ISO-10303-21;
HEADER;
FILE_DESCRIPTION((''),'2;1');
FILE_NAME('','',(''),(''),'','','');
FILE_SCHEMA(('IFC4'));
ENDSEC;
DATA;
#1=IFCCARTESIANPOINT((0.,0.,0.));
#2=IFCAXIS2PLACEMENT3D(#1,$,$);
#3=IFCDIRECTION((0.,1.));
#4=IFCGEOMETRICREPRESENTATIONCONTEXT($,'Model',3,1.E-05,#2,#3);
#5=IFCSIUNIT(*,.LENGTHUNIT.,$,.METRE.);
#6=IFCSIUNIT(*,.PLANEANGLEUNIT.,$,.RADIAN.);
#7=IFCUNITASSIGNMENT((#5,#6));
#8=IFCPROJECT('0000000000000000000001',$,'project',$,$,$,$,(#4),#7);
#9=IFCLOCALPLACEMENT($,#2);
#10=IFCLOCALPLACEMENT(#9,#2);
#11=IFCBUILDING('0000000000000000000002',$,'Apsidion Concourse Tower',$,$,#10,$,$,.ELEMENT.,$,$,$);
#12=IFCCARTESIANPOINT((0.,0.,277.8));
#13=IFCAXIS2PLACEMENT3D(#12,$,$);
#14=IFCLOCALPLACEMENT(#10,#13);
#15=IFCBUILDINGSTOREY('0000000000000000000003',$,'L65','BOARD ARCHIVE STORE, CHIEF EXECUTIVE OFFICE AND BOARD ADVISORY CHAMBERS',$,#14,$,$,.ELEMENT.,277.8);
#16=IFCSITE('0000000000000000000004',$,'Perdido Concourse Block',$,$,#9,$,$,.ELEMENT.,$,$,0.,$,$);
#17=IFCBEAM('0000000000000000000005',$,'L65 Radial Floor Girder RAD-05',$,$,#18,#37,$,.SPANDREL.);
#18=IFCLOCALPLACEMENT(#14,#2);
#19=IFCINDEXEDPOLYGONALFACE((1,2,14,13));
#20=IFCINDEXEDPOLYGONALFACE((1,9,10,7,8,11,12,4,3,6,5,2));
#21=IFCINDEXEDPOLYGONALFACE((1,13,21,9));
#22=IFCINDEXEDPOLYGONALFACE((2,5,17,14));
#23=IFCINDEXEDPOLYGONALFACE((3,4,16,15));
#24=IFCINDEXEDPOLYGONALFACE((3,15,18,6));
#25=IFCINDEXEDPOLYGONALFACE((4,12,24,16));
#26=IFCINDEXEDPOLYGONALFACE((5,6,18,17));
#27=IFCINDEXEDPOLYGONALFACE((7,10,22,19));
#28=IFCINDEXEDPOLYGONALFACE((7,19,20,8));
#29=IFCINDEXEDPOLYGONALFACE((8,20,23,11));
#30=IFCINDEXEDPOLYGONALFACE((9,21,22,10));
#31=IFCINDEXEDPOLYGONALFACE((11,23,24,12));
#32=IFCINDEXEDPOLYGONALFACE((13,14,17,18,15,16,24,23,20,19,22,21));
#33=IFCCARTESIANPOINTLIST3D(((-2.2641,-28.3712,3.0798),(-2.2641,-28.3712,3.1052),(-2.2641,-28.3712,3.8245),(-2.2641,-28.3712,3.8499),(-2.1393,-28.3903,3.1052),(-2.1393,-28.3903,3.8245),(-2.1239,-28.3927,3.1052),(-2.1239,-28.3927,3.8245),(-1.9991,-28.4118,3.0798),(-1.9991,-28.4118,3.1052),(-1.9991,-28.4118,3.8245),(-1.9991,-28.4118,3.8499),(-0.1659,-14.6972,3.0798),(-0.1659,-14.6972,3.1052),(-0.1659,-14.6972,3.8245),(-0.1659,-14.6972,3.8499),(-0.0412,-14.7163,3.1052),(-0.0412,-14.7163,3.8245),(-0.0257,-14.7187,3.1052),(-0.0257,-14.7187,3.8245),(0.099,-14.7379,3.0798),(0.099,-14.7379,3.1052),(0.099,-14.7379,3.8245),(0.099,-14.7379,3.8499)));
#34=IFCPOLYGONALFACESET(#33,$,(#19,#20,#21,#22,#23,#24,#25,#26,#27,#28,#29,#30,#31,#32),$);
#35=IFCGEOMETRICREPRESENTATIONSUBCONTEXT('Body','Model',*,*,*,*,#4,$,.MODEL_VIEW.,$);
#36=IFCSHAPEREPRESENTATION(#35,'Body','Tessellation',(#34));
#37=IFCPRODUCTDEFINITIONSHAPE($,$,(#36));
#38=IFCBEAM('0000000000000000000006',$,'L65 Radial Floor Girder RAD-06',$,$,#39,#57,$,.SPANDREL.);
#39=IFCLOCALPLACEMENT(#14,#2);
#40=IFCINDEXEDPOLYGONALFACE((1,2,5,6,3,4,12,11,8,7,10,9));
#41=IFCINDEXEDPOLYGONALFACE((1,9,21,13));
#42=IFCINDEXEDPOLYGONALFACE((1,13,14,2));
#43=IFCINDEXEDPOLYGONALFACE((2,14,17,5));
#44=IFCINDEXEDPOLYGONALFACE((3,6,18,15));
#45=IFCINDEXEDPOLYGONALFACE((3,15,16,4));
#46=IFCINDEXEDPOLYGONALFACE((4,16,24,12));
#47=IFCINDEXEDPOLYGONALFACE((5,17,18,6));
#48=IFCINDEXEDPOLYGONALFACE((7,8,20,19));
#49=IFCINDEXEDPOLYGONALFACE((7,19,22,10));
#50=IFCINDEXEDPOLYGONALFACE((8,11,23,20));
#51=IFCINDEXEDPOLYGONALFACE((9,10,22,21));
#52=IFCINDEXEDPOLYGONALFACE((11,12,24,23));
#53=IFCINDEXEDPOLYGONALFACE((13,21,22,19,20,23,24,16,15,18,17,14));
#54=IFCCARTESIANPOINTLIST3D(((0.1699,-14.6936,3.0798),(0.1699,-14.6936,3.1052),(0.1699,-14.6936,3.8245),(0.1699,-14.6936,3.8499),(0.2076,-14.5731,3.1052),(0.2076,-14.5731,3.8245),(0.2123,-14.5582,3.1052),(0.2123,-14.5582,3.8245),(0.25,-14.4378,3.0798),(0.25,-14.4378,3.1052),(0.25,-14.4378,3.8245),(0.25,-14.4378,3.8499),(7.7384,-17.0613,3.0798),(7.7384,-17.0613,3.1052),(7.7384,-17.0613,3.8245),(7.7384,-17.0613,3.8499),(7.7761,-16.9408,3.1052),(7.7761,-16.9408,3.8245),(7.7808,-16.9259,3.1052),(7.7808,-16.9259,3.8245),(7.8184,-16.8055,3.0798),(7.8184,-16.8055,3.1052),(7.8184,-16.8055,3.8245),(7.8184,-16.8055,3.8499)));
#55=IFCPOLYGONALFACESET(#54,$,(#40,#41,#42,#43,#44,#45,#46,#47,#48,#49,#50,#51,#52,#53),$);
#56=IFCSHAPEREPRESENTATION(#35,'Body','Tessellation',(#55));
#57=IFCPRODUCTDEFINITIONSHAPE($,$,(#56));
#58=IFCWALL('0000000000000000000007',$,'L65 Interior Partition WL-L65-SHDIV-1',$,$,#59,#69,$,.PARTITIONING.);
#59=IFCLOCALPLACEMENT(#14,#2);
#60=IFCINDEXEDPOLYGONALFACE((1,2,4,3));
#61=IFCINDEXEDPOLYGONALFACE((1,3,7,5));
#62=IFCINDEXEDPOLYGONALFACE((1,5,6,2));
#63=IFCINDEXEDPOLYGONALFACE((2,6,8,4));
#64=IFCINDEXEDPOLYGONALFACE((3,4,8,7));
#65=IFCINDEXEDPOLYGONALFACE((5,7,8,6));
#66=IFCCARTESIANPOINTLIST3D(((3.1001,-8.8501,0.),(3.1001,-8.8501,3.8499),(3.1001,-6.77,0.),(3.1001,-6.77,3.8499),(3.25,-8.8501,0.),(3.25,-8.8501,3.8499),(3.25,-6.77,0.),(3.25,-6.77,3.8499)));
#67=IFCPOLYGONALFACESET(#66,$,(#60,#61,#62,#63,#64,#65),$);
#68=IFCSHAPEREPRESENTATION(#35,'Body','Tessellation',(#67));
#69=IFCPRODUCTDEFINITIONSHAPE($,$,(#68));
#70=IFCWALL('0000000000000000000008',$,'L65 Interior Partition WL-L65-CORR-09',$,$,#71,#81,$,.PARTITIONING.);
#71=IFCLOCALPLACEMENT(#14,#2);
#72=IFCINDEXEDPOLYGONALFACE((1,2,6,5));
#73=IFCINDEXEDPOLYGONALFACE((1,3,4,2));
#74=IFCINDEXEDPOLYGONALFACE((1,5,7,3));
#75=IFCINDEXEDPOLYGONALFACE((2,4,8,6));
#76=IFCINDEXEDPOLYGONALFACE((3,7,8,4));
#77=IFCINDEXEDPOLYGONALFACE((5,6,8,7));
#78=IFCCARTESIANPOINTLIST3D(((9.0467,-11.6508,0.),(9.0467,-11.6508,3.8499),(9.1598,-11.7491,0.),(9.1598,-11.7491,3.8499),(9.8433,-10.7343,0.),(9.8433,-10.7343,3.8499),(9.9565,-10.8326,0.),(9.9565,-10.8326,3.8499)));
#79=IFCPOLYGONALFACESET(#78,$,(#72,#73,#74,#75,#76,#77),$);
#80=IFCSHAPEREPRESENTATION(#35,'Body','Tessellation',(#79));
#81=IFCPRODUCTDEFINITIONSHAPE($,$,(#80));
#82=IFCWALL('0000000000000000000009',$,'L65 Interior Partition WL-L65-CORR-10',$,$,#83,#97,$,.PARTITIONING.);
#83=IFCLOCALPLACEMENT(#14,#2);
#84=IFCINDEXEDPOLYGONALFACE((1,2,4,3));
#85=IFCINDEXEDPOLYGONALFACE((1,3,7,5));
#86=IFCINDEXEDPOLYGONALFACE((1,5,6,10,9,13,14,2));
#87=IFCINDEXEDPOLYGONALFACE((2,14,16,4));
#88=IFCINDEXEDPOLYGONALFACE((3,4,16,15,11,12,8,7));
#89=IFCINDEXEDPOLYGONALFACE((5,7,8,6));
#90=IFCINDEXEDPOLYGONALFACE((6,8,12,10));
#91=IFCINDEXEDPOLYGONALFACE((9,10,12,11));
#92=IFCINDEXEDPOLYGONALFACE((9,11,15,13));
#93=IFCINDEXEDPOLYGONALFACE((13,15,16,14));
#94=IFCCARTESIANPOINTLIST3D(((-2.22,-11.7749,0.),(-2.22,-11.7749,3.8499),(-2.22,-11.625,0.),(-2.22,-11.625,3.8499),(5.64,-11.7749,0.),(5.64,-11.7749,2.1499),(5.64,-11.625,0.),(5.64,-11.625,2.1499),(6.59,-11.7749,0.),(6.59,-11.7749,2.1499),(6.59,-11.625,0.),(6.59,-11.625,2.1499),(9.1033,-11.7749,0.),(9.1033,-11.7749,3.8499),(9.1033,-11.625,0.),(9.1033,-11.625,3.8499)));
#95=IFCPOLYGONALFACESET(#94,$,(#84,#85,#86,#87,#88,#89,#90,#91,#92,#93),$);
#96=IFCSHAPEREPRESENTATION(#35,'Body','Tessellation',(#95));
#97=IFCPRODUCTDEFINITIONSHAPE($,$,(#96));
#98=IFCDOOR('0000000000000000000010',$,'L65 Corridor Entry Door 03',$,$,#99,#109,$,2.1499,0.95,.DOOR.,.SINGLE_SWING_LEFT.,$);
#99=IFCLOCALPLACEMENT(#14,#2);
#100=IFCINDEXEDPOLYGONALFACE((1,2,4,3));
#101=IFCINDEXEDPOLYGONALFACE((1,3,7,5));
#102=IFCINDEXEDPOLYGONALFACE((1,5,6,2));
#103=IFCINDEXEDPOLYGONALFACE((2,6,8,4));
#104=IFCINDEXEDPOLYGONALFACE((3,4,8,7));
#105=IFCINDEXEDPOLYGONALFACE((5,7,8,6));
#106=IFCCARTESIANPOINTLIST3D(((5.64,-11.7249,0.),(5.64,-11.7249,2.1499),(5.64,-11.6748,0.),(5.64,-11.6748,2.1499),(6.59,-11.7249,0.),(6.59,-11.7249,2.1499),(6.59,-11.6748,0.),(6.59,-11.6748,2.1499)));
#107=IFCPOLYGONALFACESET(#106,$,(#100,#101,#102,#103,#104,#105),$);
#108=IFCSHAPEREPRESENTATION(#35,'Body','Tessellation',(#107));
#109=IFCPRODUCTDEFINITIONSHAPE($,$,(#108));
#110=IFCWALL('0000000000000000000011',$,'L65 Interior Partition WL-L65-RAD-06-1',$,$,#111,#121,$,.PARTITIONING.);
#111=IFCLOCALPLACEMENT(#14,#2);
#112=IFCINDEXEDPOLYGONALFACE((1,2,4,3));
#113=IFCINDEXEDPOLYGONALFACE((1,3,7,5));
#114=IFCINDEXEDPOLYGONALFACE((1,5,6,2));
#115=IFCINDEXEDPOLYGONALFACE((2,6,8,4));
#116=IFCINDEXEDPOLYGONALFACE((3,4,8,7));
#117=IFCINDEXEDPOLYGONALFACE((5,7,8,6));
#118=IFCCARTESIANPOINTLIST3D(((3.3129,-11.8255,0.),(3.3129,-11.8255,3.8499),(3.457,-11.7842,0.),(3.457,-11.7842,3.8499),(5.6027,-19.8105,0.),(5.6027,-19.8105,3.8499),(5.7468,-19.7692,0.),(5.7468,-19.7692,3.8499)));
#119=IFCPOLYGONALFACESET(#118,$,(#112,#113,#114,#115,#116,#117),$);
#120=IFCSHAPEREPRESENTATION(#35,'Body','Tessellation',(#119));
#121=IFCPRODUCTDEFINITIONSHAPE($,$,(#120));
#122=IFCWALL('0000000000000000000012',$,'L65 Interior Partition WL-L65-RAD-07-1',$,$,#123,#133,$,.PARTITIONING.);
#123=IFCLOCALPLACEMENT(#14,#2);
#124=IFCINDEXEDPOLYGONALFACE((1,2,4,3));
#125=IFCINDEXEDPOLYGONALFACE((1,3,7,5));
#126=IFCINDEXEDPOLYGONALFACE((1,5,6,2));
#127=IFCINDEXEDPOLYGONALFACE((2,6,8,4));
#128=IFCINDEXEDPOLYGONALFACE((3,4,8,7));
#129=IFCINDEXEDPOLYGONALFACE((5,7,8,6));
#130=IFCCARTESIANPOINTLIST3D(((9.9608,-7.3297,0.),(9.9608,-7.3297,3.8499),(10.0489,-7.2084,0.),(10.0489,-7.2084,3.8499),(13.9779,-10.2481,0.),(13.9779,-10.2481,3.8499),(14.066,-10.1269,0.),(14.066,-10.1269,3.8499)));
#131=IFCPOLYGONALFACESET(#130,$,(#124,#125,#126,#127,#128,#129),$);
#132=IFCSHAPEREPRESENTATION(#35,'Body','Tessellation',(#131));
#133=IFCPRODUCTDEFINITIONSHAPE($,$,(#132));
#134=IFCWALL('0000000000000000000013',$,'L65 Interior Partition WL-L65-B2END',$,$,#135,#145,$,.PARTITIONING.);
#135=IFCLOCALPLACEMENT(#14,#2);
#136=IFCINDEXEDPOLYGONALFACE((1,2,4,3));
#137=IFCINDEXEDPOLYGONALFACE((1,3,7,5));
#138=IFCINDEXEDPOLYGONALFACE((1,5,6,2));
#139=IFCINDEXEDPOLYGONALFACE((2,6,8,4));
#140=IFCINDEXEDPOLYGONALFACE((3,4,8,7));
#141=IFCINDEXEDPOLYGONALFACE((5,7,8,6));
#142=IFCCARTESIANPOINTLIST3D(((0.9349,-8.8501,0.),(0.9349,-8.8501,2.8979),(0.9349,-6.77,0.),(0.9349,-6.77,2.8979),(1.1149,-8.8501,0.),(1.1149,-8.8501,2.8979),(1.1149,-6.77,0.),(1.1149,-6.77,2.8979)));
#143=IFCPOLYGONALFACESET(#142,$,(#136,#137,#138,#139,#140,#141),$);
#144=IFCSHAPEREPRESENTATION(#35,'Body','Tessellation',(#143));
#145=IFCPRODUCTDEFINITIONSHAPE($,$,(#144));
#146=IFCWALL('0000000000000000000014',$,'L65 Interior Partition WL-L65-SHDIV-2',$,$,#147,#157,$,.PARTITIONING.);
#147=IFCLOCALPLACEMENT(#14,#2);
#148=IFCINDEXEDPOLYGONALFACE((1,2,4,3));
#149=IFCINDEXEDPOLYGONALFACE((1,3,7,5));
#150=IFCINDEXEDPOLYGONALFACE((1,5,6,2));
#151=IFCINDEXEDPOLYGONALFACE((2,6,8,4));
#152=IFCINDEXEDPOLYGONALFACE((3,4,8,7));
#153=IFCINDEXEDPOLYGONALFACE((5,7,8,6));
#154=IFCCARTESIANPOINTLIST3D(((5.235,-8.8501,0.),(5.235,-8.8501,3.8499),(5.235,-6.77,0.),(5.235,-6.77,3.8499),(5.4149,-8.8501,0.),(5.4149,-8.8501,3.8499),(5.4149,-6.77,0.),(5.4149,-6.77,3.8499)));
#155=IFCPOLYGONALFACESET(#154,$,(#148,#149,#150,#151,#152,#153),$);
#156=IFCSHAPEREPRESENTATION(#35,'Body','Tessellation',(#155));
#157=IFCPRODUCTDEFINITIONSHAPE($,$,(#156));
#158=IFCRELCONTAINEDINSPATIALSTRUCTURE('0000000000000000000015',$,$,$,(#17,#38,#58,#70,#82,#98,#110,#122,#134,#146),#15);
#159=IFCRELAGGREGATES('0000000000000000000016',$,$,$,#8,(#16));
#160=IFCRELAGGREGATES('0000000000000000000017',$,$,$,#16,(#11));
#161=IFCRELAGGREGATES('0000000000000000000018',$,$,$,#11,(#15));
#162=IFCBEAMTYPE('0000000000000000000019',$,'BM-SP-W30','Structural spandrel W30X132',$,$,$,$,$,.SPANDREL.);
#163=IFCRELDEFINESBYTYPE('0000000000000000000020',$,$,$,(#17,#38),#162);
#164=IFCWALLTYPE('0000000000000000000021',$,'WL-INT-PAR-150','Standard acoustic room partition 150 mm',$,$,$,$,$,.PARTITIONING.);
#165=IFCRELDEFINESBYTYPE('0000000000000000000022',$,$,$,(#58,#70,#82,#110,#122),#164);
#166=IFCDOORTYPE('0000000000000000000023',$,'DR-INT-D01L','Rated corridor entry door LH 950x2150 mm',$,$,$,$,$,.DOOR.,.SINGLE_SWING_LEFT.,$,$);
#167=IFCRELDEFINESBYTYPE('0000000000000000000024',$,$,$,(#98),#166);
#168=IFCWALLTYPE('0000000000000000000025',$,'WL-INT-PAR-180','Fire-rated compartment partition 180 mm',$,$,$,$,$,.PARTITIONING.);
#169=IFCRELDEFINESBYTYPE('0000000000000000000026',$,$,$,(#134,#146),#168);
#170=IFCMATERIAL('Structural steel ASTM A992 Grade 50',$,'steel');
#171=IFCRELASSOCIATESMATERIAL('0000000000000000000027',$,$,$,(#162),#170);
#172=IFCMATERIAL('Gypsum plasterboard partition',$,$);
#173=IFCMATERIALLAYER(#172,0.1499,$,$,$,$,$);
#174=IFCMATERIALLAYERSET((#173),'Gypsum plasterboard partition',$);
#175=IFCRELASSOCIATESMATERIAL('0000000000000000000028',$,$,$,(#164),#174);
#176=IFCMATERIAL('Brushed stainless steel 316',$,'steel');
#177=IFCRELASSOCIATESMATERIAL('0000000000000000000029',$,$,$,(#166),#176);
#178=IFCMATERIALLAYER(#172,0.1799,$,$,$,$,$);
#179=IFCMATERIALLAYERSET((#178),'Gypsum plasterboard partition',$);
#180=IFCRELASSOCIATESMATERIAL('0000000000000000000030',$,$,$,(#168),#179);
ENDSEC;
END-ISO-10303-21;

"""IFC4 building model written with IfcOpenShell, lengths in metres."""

from ifc_helpers import new_model, si_unit, direction, frame, frame_2d, origin, origin_2d, place, context, subcontext, project, spatial, rectangle, i_section, extrude, material, layer, layer_set, material_profile, profile_set, type_object, element, fill, save


model = new_model("IFC4")

# Units and contexts
model_context = context("Model", 3, precision=1e-05, world=origin(), true_north=direction((0.0, 1.0)))
body_context = subcontext(model_context, "Body", "Model", "MODEL_VIEW")
ifc_project = project(units=[si_unit("LENGTHUNIT", "METRE"), si_unit("PLANEANGLEUNIT", "RADIAN")], contexts=[model_context])

# Site, building, storey
site_placement = place(None, origin())
site = spatial("IfcSite", under=ifc_project, at=site_placement, Name="Perdido Concourse Block", CompositionType="ELEMENT", RefElevation=0.0)
building_placement = place(site_placement, origin())
building = spatial("IfcBuilding", under=site, at=building_placement, Name="Apsidion Concourse Tower", CompositionType="ELEMENT")
storey_placement = place(building_placement, frame((0.0, 0.0, 277.8)))
storey = spatial("IfcBuildingStorey", under=building, at=storey_placement, Name="L65", Description="BOARD ARCHIVE STORE, CHIEF EXECUTIVE OFFICE AND BOARD ADVISORY CHAMBERS", CompositionType="ELEMENT", Elevation=277.8)

# Shared definitions
ifc_material_1 = material(Name="Structural steel ASTM A992 Grade 50", Category="steel")

# Beams
ifc_material_profile_1 = material_profile(ifc_material_1, i_section(OverallWidth=0.2681, OverallDepth=0.77, WebThickness=0.0156, FlangeThickness=0.0254, at=origin_2d()), Name="W30X132")
ifc_profile_set_1 = profile_set([ifc_material_profile_1], Name="Structural steel ASTM A992 Grade 50")
beam_type_1 = type_object("IfcBeamType", Name="BM-SP-W30", Description="Structural spandrel W30X132", PredefinedType="SPANDREL", material=ifc_profile_set_1)
beam_1_placement = place(storey_placement, frame((-0.0334, -14.7175, 3.4648), z_axis=(-0.151665, -0.988432, 0.0), x_axis=(0.988432, -0.151665, 0.0)))
element("IfcBeam", 1, at=beam_1_placement, inside=storey, type_object=beam_type_1, Name="L65 Radial Floor Girder RAD-05", PredefinedType="SPANDREL", context=body_context, shape_type="SweptSolid", body=[
    extrude(i_section(OverallWidth=0.2681, OverallDepth=0.77, WebThickness=0.0156, FlangeThickness=0.0254, at=origin_2d()), origin(), (0.0, 0.0, 1.0), 13.834),
])
beam_2_placement = place(storey_placement, frame((0.21, -14.5657, 3.4648), z_axis=(0.954388, -0.298569, 0.0), x_axis=(0.298569, 0.954388, 0.0)))
element("IfcBeam", 2, at=beam_2_placement, inside=storey, type_object=beam_type_1, Name="L65 Radial Floor Girder RAD-06", PredefinedType="SPANDREL", context=body_context, shape_type="SweptSolid", body=[
    extrude(i_section(OverallWidth=0.2681, OverallDepth=0.77, WebThickness=0.0156, FlangeThickness=0.0254, at=origin_2d()), origin(), (0.0, 0.0, 1.0), 7.9302),
])

# Walls
ifc_material_2 = material(Name="Gypsum plasterboard partition")
ifc_layer_1 = layer(ifc_material_2, 0.1499)
ifc_layer_set_1 = layer_set([ifc_layer_1], Name="Gypsum plasterboard partition")
wall_type_1 = type_object("IfcWallType", Name="WL-INT-PAR-150", Description="Standard acoustic room partition 150 mm", PredefinedType="PARTITIONING", material=ifc_layer_set_1)
wall_1_placement = place(storey_placement, frame((3.175, -8.8501, 0.0), z_axis=(0.0, 0.0, 1.0), x_axis=(0.0, 1.0, 0.0)))
element("IfcWall", 3, at=wall_1_placement, inside=storey, type_object=wall_type_1, Name="L65 Interior Partition WL-L65-SHDIV-1", PredefinedType="PARTITIONING", context=body_context, shape_type="SweptSolid", body=[
    extrude(rectangle(XDim=2.0801, YDim=0.1499, at=frame_2d((1.04, 0.0))), origin(), (0.0, 0.0, 1.0), 3.8499),
])
wall_2_placement = place(storey_placement, frame((9.8999, -10.7834, 0.0), z_axis=(0.0, 0.0, 1.0), x_axis=(-0.656024, -0.75474, 0.0)))
element("IfcWall", 4, at=wall_2_placement, inside=storey, type_object=wall_type_1, Name="L65 Interior Partition WL-L65-CORR-09", PredefinedType="PARTITIONING", context=body_context, shape_type="SweptSolid", body=[
    extrude(rectangle(XDim=1.2144, YDim=0.1499, at=frame_2d((0.6072, 0.0))), origin(), (0.0, 0.0, 1.0), 3.8499),
])

# Wall, opening, door
wall_3_placement = place(storey_placement, frame((9.1033, -11.7, 0.0), z_axis=(0.0, 0.0, 1.0), x_axis=(-1.0, 0.0, 0.0)))
wall_3 = element("IfcWall", 5, at=wall_3_placement, inside=storey, type_object=wall_type_1, Name="L65 Interior Partition WL-L65-CORR-10", PredefinedType="PARTITIONING", context=body_context, shape_type="SweptSolid", body=[
    extrude(rectangle(XDim=11.3232, YDim=0.1499, at=frame_2d((5.6616, 0.0))), origin(), (0.0, 0.0, 1.0), 3.8499),
])
opening_1_placement = place(wall_3_placement, frame((2.5132, 0.0, 0.0)))
opening_1 = element("IfcOpeningElement", 6, at=opening_1_placement, cuts=wall_3, PredefinedType="OPENING", context=body_context, shape_type="SweptSolid", body=[
    extrude(rectangle(XDim=0.95, YDim=2.1499, at=frame_2d((0.4751, 1.075))), frame((0.0, 0.085, 0.0), z_axis=(0.0, -1.0, 0.0), x_axis=(1.0, 0.0, 0.0)), (0.0, 0.0, 1.0), 0.1699),
])
ifc_material_3 = material(Name="Brushed stainless steel 316", Category="steel")
door_type_1 = type_object("IfcDoorType", Name="DR-INT-D01L", Description="Rated corridor entry door LH 950x2150 mm", OperationType="SINGLE_SWING_LEFT", PredefinedType="DOOR", material=ifc_material_3)
door_1_placement = place(opening_1_placement, origin())
door_1 = element("IfcDoor", 7, at=door_1_placement, inside=storey, type_object=door_type_1, Name="L65 Corridor Entry Door 03", OperationType="SINGLE_SWING_LEFT", OverallHeight=2.1499, OverallWidth=0.95, PredefinedType="DOOR", context=body_context, shape_type="SweptSolid", body=[
    extrude(rectangle(XDim=0.95, YDim=2.1499, at=frame_2d((0.4751, 1.075))), frame((0.0, 0.0249, 0.0), z_axis=(0.0, -1.0, 0.0), x_axis=(1.0, 0.0, 0.0)), (0.0, 0.0, 1.0), 0.05),
])
fill(opening_1, door_1)

# Walls
wall_4_placement = place(storey_placement, frame((3.385, -11.8049, 0.0), z_axis=(0.0, 0.0, 1.0), x_axis=(0.275649, -0.961258, 0.0)))
element("IfcWall", 8, at=wall_4_placement, inside=storey, type_object=wall_type_1, Name="L65 Interior Partition WL-L65-RAD-06-1", PredefinedType="PARTITIONING", context=body_context, shape_type="SweptSolid", body=[
    extrude(rectangle(XDim=8.3069, YDim=0.1499, at=frame_2d((4.1533, 0.0))), origin(), (0.0, 0.0, 1.0), 3.8499),
])
wall_5_placement = place(storey_placement, frame((10.0049, -7.269, 0.0), z_axis=(0.0, 0.0, 1.0), x_axis=(0.809029, -0.587768, 0.0)))
element("IfcWall", 9, at=wall_5_placement, inside=storey, type_object=wall_type_1, Name="L65 Interior Partition WL-L65-RAD-07-1", PredefinedType="PARTITIONING", context=body_context, shape_type="SweptSolid", body=[
    extrude(rectangle(XDim=4.9653, YDim=0.1499, at=frame_2d((2.4827, 0.0))), origin(), (0.0, 0.0, 1.0), 3.8499),
])
ifc_layer_2 = layer(ifc_material_2, 0.1799)
ifc_layer_set_2 = layer_set([ifc_layer_2], Name="Gypsum plasterboard partition")
wall_type_2 = type_object("IfcWallType", Name="WL-INT-PAR-180", Description="Fire-rated compartment partition 180 mm", PredefinedType="PARTITIONING", material=ifc_layer_set_2)
wall_6_placement = place(storey_placement, frame((1.0249, -8.8501, 0.0), z_axis=(0.0, 0.0, 1.0), x_axis=(0.0, 1.0, 0.0)))
element("IfcWall", 10, at=wall_6_placement, inside=storey, type_object=wall_type_2, Name="L65 Interior Partition WL-L65-B2END", PredefinedType="PARTITIONING", context=body_context, shape_type="SweptSolid", body=[
    extrude(rectangle(XDim=2.0801, YDim=0.1799, at=frame_2d((1.04, 0.0))), origin(), (0.0, 0.0, 1.0), 2.8979),
])
wall_7_placement = place(storey_placement, frame((5.325, -8.8501, 0.0), z_axis=(0.0, 0.0, 1.0), x_axis=(0.0, 1.0, 0.0)))
element("IfcWall", 11, at=wall_7_placement, inside=storey, type_object=wall_type_2, Name="L65 Interior Partition WL-L65-SHDIV-2", PredefinedType="PARTITIONING", context=body_context, shape_type="SweptSolid", body=[
    extrude(rectangle(XDim=2.0801, YDim=0.1799, at=frame_2d((1.04, 0.0))), origin(), (0.0, 0.0, 1.0), 3.8499),
])

save(model, "model.ifc")
